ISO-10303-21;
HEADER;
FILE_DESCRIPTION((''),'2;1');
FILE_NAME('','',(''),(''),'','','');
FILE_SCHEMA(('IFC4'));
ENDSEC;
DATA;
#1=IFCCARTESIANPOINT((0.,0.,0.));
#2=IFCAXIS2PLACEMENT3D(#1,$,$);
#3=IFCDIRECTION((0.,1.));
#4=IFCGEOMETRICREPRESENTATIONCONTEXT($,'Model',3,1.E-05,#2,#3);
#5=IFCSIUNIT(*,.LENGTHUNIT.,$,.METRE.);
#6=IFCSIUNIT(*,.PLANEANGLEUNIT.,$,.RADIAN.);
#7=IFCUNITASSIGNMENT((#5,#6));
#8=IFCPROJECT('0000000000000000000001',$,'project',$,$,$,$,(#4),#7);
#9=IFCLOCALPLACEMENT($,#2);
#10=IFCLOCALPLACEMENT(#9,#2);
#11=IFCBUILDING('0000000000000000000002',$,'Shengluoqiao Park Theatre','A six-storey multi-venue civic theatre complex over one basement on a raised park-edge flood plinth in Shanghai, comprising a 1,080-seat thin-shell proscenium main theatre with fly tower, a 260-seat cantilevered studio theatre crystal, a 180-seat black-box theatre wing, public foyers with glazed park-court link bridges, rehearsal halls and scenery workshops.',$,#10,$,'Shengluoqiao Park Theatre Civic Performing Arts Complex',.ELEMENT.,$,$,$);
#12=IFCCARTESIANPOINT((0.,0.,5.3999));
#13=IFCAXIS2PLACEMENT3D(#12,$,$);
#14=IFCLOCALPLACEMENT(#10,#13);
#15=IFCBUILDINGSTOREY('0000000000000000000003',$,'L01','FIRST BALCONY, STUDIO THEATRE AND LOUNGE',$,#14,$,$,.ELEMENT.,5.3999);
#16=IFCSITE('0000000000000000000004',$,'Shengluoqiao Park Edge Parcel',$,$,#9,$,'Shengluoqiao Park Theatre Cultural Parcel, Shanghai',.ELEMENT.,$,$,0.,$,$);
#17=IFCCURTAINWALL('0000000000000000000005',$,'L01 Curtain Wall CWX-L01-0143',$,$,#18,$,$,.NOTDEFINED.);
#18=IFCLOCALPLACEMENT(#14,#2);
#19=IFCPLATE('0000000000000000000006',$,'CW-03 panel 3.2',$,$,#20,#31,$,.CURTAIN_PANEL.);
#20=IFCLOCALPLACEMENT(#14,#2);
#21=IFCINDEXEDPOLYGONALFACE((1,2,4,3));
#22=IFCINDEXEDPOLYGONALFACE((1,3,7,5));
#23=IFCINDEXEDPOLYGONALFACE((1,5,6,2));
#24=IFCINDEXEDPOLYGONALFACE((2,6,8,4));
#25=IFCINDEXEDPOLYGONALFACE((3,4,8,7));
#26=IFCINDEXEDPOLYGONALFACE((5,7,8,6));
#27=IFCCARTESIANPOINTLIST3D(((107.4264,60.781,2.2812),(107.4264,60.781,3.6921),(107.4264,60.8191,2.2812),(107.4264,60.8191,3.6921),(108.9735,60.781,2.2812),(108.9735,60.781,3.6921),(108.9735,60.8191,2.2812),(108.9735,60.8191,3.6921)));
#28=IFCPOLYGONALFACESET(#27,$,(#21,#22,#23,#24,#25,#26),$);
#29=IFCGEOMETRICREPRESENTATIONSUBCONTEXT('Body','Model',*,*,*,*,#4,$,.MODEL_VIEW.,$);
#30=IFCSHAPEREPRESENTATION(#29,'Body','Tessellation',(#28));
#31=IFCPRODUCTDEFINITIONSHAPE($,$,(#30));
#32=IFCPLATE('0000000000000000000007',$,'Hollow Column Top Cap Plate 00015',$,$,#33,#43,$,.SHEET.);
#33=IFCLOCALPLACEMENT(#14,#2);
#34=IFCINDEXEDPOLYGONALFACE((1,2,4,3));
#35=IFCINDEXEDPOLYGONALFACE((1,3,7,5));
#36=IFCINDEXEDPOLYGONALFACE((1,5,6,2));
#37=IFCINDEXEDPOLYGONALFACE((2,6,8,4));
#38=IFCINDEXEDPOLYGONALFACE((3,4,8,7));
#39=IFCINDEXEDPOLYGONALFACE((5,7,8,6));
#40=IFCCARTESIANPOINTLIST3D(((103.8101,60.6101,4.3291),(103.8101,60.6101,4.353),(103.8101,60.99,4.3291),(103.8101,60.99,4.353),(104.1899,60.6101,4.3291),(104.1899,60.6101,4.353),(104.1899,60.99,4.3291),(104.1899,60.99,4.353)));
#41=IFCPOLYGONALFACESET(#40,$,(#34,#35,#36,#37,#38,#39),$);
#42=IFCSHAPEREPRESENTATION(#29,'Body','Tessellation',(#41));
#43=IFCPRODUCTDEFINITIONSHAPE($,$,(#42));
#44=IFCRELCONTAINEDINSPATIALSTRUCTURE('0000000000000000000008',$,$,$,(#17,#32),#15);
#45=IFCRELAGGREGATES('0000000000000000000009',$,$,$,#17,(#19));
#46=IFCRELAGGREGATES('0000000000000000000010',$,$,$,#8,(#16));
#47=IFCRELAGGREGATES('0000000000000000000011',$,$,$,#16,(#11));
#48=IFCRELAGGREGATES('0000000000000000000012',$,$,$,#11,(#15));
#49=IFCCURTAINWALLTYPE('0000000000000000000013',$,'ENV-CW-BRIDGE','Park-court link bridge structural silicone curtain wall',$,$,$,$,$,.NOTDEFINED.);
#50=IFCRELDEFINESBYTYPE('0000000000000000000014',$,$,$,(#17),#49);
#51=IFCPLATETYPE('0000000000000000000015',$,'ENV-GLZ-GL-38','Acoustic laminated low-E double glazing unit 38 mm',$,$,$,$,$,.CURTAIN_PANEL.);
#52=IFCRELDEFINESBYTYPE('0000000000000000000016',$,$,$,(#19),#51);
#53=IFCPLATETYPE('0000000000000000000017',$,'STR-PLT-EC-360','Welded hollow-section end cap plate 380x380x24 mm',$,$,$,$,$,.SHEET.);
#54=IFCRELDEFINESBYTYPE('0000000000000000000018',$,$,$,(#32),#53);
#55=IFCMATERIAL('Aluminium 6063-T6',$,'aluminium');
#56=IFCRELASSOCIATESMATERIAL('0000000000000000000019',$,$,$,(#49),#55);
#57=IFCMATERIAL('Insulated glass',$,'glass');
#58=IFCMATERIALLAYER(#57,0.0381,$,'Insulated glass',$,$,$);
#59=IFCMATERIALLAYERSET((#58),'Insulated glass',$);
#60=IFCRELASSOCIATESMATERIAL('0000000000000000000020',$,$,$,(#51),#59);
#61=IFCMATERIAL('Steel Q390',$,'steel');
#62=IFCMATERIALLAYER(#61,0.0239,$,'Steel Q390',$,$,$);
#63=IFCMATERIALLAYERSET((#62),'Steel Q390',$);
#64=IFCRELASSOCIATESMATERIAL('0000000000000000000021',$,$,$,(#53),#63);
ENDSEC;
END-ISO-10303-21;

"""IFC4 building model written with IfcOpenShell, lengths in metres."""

from ifc_helpers import new_model, si_unit, direction, frame, origin, origin_2d, place, context, subcontext, project, spatial, rectangle, extrude, material, layer, layer_set, type_object, element, aggregate, save


model = new_model("IFC4")

# Units and contexts
model_context = context("Model", 3, precision=1e-05, world=origin(), true_north=direction((0.0, 1.0)))
body_context = subcontext(model_context, "Body", "Model", "MODEL_VIEW")
ifc_project = project(units=[si_unit("LENGTHUNIT", "METRE"), si_unit("PLANEANGLEUNIT", "RADIAN")], contexts=[model_context])

# Site, building, storey
site_placement = place(None, origin())
site = spatial("IfcSite", under=ifc_project, at=site_placement, Name="Shengluoqiao Park Edge Parcel", LongName="Shengluoqiao Park Theatre Cultural Parcel, Shanghai", CompositionType="ELEMENT", RefElevation=0.0)
building_placement = place(site_placement, origin())
building = spatial("IfcBuilding", under=site, at=building_placement, Name="Shengluoqiao Park Theatre", Description="A six-storey multi-venue civic theatre complex over one basement on a raised park-edge flood plinth in Shanghai, comprising a 1,080-seat thin-shell proscenium main theatre with fly tower, a 260-seat cantilevered studio theatre crystal, a 180-seat black-box theatre wing, public foyers with glazed park-court link bridges, rehearsal halls and scenery workshops.", LongName="Shengluoqiao Park Theatre Civic Performing Arts Complex", CompositionType="ELEMENT")
storey_placement = place(building_placement, frame((0.0, 0.0, 5.3999)))
storey = spatial("IfcBuildingStorey", under=building, at=storey_placement, Name="L01", Description="FIRST BALCONY, STUDIO THEATRE AND LOUNGE", CompositionType="ELEMENT", Elevation=5.3999)

# Shared definitions
ifc_material_1 = material(Name="Aluminium 6063-T6", Category="aluminium")
curtain_wall_type = type_object("IfcCurtainWallType", Name="ENV-CW-BRIDGE", Description="Park-court link bridge structural silicone curtain wall", PredefinedType="NOTDEFINED", material=ifc_material_1)

# Curtain wall
curtain_wall_1_placement = place(storey_placement, origin())
curtain_wall_1 = element("IfcCurtainWall", 1, at=curtain_wall_1_placement, inside=storey, type_object=curtain_wall_type, Name="L01 Curtain Wall CWX-L01-0143", PredefinedType="NOTDEFINED")

# Plates
ifc_material_2 = material(Name="Insulated glass", Category="glass")
ifc_layer_1 = layer(ifc_material_2, 0.0381, Name="Insulated glass")
ifc_layer_set_1 = layer_set([ifc_layer_1], Name="Insulated glass")
plate_type_1 = type_object("IfcPlateType", Name="ENV-GLZ-GL-38", Description="Acoustic laminated low-E double glazing unit 38 mm", PredefinedType="CURTAIN_PANEL", material=ifc_layer_set_1)
plate_1_placement = place(storey_placement, frame((108.2, 60.8, 2.2812), z_axis=(0.0, 0.0, 1.0), x_axis=(1.0, 0.0, 0.0)))
plate_1 = element("IfcPlate", 2, at=plate_1_placement, type_object=plate_type_1, Name="CW-03 panel 3.2", PredefinedType="CURTAIN_PANEL", context=body_context, shape_type="SweptSolid", body=[
    extrude(rectangle(XDim=1.5471, YDim=0.0381, at=origin_2d()), origin(), (0.0, 0.0, 1.0), 1.4109),
])
aggregate(curtain_wall_1, [plate_1])
ifc_material_3 = material(Name="Steel Q390", Category="steel")
ifc_layer_2 = layer(ifc_material_3, 0.0239, Name="Steel Q390")
ifc_layer_set_2 = layer_set([ifc_layer_2], Name="Steel Q390")
plate_type_2 = type_object("IfcPlateType", Name="STR-PLT-EC-360", Description="Welded hollow-section end cap plate 380x380x24 mm", PredefinedType="SHEET", material=ifc_layer_set_2)
plate_2_placement = place(storey_placement, frame((104.0, 60.8, 4.3291), z_axis=(0.0, 0.0, 1.0), x_axis=(1.0, 0.0, 0.0)))
element("IfcPlate", 3, at=plate_2_placement, inside=storey, type_object=plate_type_2, Name="Hollow Column Top Cap Plate 00015", PredefinedType="SHEET", context=body_context, shape_type="SweptSolid", body=[
    extrude(rectangle(XDim=0.3799, YDim=0.3799, at=origin_2d()), origin(), (0.0, 0.0, 1.0), 0.0239),
])

save(model, "model.ifc")
